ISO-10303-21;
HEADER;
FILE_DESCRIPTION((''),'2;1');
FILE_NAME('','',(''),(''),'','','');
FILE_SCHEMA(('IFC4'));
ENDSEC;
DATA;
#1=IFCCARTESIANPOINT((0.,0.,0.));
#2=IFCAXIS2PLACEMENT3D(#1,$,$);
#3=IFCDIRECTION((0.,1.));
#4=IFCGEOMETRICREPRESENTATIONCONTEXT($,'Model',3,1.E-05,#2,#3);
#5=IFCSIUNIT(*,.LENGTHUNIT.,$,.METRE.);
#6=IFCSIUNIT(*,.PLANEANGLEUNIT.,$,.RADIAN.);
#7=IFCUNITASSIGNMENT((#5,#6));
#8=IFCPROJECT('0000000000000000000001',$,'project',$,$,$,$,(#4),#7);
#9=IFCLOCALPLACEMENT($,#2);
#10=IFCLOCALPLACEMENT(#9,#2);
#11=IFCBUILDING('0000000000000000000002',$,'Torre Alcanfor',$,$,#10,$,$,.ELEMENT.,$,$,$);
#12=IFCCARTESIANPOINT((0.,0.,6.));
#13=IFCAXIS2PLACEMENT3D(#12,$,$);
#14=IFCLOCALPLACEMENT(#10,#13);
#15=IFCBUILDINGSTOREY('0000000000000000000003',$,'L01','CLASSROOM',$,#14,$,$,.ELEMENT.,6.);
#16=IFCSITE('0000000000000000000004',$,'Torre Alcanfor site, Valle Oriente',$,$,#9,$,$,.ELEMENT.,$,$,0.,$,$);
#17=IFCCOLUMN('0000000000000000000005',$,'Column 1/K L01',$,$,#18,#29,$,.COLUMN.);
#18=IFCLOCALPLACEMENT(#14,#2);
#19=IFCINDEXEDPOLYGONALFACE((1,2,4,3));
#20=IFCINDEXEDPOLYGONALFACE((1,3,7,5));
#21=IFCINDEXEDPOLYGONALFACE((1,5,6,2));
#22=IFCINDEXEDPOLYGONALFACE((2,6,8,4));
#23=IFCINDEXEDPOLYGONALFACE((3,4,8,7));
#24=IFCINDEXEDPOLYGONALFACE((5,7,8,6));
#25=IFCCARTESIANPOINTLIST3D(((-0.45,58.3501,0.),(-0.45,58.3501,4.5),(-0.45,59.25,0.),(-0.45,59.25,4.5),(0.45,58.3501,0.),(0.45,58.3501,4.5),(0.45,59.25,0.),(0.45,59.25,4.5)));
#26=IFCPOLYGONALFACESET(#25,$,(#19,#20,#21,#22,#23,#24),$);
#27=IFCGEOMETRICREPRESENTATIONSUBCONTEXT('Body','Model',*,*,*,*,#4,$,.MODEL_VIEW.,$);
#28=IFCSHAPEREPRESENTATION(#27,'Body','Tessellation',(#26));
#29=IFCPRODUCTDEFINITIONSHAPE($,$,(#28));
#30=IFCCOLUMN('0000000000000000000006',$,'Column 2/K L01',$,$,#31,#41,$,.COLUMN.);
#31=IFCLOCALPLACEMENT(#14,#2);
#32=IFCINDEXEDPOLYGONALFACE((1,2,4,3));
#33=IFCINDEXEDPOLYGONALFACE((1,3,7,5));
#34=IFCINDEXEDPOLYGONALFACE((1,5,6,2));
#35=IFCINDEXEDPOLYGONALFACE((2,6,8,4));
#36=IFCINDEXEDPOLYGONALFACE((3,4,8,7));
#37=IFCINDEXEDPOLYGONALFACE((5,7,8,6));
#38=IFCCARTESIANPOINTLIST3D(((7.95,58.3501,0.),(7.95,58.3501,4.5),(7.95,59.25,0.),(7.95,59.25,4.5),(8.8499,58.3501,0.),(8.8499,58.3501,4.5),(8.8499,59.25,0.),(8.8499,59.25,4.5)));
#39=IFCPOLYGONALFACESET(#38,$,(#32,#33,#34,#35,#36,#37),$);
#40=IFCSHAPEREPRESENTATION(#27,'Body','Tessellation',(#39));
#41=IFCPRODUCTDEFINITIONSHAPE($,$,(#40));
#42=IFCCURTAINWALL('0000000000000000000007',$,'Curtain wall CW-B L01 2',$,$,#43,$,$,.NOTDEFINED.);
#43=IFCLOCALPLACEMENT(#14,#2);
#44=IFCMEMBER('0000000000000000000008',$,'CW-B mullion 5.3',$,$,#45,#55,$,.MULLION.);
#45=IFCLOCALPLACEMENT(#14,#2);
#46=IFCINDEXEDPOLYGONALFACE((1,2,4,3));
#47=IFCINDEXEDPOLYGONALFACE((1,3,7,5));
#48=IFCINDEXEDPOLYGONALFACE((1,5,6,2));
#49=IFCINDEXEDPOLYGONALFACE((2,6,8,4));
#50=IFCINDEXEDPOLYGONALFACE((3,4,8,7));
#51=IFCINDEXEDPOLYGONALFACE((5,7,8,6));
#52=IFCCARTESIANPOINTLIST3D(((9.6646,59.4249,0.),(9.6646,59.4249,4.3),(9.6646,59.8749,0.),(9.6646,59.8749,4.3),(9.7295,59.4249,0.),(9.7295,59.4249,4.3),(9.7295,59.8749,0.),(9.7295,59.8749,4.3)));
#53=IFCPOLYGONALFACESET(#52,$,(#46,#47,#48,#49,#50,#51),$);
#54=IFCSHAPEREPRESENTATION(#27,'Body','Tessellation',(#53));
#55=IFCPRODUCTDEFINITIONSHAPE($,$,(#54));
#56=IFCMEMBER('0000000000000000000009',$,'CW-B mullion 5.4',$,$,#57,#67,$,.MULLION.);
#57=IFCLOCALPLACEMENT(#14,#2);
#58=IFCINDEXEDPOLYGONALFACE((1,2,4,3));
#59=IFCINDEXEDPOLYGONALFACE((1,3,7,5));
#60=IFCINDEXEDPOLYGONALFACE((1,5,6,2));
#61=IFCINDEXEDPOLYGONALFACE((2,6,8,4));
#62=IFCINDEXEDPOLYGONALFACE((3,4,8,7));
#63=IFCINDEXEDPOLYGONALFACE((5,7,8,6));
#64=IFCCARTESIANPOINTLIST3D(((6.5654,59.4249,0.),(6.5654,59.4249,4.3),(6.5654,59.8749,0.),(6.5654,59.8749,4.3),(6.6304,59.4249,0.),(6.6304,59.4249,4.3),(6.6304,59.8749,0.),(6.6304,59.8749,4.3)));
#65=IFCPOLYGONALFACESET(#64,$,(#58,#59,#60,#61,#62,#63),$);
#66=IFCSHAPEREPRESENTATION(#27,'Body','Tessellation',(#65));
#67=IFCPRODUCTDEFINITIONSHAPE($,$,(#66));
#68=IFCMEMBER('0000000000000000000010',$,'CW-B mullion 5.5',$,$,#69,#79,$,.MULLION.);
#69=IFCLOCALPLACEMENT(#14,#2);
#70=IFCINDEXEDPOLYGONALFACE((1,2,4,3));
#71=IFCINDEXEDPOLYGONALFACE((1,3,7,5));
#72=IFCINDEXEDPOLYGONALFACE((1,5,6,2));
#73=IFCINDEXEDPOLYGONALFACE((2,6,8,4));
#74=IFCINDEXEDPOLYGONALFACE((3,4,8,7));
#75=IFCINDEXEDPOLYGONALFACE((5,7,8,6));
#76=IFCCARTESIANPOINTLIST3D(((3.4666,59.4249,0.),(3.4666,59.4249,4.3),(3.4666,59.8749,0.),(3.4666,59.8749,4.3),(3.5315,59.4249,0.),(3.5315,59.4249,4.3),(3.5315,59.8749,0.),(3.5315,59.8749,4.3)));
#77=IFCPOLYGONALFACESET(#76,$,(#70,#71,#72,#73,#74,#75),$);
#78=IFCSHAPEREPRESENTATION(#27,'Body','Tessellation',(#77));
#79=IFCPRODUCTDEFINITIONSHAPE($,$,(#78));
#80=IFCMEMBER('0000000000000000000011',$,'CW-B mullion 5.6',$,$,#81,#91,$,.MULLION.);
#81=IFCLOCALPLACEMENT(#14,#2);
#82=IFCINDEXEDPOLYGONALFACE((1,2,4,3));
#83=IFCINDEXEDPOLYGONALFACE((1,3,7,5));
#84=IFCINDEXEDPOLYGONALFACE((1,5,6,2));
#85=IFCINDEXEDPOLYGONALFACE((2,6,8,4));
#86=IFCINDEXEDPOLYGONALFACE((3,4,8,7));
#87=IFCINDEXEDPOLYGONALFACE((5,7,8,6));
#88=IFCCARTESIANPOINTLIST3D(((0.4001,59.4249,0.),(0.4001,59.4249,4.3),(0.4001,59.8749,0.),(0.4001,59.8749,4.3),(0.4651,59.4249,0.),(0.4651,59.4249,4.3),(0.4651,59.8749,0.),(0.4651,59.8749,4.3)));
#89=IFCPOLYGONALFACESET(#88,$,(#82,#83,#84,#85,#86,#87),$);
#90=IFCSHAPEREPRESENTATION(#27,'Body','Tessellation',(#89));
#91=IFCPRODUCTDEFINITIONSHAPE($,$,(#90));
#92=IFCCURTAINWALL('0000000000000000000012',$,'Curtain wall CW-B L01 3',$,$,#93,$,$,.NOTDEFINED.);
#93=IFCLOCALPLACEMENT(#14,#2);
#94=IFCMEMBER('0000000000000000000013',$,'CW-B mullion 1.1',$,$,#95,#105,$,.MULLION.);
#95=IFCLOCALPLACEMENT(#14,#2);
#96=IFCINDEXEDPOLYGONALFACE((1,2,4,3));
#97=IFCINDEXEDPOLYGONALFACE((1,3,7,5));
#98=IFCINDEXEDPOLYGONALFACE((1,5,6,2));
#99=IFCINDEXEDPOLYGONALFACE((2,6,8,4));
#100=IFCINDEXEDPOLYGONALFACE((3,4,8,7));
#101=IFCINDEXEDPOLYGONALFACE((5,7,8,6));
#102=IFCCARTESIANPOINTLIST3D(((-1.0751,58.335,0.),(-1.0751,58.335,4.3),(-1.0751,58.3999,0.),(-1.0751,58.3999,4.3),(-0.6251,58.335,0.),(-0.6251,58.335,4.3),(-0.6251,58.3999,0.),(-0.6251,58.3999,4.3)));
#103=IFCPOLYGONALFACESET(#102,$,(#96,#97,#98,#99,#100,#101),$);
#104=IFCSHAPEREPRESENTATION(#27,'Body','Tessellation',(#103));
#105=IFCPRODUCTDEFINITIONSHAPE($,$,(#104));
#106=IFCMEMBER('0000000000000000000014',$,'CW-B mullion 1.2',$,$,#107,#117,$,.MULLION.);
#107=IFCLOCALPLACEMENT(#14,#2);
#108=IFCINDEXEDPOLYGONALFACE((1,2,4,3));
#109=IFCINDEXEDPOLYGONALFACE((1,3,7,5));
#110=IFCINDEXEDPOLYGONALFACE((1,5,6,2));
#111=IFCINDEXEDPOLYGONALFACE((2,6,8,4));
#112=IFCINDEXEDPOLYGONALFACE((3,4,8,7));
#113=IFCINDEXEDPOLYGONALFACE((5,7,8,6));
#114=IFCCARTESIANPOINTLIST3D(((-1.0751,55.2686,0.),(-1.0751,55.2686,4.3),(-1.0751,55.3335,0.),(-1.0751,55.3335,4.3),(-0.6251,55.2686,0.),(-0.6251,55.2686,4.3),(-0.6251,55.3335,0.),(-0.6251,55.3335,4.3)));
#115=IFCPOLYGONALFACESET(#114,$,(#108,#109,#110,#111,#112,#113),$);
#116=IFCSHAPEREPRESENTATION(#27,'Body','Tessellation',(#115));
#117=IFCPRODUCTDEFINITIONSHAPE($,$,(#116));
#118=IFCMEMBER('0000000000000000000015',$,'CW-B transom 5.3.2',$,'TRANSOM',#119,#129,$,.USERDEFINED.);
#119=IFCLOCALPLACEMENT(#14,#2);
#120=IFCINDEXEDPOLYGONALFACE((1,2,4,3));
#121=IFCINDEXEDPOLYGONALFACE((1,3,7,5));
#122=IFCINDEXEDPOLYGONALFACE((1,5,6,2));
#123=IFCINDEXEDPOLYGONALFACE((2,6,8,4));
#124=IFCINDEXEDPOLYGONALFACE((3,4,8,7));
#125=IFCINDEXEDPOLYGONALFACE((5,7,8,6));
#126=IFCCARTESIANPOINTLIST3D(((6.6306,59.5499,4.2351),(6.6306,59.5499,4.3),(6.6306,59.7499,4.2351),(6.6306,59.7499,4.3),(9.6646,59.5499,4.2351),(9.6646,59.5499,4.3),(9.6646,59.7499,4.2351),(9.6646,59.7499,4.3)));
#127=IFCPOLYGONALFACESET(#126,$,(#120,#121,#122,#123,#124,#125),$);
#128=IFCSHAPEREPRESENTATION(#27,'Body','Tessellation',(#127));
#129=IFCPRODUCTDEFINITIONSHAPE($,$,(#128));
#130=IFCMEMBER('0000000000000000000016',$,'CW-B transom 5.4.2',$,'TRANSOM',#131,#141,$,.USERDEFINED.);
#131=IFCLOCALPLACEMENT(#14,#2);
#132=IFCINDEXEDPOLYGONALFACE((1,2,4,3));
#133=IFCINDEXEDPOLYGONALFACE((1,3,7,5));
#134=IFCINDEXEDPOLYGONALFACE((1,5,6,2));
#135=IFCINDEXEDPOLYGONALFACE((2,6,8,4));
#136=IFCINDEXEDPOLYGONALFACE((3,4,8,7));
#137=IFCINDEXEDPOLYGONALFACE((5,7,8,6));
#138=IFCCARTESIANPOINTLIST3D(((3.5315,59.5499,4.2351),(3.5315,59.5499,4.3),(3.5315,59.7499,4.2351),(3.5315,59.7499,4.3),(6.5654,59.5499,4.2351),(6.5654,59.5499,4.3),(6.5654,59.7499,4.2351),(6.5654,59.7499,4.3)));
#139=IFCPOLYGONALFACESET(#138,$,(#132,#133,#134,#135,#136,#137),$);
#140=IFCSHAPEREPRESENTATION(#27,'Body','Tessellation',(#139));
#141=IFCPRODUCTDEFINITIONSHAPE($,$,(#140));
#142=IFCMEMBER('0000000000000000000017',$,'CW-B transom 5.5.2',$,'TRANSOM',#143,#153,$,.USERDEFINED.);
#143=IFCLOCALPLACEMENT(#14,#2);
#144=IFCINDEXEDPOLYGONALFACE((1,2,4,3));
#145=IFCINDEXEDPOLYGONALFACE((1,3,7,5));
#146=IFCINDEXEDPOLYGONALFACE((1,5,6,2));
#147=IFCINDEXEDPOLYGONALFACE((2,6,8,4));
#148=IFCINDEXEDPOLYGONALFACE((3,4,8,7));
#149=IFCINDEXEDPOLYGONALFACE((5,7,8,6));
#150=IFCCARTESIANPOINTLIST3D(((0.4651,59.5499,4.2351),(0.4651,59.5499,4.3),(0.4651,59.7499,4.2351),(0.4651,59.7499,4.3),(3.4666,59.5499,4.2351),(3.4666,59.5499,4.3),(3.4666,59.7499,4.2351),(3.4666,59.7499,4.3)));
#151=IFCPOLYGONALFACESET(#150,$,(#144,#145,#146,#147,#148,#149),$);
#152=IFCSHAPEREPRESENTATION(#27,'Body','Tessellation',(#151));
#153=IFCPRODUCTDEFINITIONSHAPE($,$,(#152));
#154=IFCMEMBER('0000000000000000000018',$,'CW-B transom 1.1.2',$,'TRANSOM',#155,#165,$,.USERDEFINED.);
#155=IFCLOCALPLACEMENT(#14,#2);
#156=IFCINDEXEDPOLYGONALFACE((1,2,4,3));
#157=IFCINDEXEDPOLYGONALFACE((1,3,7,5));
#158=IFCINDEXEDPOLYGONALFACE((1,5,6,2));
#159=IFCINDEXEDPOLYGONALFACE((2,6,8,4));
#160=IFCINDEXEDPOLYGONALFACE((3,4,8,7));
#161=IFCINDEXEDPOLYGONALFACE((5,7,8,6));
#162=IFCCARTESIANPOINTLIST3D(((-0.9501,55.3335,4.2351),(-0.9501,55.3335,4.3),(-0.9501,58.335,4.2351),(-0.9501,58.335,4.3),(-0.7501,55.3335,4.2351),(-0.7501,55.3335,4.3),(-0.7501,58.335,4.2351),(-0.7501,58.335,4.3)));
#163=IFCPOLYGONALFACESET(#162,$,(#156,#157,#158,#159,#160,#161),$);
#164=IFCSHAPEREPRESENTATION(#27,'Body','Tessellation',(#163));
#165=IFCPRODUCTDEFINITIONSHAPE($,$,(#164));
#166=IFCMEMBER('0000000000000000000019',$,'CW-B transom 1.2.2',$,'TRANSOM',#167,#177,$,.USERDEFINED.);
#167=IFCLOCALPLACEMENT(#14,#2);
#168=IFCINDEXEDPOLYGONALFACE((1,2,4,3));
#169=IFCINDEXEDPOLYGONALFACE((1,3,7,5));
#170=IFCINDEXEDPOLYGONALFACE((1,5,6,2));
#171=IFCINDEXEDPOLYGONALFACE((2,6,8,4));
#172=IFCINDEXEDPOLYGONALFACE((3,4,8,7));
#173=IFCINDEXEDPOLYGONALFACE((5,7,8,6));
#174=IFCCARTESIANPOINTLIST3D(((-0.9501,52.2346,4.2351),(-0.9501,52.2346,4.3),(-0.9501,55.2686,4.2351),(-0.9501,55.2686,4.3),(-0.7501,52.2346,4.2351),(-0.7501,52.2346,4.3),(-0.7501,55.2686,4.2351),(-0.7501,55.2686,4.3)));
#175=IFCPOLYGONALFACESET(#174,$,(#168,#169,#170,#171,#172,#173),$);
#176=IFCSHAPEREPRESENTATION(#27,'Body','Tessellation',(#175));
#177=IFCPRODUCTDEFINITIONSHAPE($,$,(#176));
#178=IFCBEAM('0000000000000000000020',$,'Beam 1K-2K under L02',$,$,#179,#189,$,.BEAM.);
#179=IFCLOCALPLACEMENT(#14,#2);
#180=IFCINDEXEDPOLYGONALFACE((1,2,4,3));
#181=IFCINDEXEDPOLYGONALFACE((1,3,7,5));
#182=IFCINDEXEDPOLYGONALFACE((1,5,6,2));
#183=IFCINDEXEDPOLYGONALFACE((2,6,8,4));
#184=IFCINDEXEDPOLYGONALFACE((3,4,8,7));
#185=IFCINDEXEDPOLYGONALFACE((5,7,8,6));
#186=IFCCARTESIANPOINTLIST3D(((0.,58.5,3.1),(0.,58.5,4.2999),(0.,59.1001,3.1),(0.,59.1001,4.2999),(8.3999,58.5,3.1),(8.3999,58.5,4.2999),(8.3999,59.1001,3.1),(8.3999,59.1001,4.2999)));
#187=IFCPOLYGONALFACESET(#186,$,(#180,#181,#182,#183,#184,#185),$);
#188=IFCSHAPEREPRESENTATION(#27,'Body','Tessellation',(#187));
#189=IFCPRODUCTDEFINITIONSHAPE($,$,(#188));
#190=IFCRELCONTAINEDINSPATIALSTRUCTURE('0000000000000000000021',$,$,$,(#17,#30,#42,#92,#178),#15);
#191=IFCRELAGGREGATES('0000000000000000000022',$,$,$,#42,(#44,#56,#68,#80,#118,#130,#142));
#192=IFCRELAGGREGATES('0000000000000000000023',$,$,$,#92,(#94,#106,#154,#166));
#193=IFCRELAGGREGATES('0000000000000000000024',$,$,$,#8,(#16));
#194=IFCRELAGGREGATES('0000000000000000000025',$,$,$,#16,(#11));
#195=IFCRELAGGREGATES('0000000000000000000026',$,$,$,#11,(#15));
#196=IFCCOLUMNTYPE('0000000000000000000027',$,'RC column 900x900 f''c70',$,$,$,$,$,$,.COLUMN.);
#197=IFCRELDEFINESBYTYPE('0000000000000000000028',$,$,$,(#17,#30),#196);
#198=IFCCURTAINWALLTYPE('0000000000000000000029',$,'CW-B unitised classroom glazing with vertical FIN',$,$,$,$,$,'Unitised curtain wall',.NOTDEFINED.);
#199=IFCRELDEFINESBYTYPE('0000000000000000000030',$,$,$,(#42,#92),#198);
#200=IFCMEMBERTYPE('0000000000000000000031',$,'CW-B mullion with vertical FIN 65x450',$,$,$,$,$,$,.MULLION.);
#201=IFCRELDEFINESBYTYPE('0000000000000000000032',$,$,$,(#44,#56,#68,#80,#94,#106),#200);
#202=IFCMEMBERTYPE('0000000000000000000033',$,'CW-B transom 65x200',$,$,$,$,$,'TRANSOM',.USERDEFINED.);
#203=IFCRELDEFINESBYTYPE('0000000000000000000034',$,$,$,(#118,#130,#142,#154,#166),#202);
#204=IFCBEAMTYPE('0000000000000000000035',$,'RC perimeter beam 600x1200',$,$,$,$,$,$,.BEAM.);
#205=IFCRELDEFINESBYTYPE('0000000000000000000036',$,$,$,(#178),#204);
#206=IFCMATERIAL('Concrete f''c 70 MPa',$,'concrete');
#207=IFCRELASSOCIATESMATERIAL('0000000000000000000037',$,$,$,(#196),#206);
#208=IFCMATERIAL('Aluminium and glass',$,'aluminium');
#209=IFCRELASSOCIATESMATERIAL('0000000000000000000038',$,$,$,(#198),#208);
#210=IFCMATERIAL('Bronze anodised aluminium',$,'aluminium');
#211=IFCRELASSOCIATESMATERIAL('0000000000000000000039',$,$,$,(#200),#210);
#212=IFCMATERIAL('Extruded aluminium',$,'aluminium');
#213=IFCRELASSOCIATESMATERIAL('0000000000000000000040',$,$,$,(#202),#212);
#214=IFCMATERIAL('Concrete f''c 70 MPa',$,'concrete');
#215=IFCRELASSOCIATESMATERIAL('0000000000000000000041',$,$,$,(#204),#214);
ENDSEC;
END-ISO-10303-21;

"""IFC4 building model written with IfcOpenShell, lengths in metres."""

from ifc_helpers import new_model, si_unit, direction, frame, origin, origin_2d, place, context, subcontext, project, spatial, rectangle, extrude, material, material_profile, profile_set, type_object, element, aggregate, save


model = new_model("IFC4")

# Units and contexts
model_context = context("Model", 3, precision=1e-05, world=origin(), true_north=direction((0.0, 1.0)))
body_context = subcontext(model_context, "Body", "Model", "MODEL_VIEW")
ifc_project = project(units=[si_unit("LENGTHUNIT", "METRE"), si_unit("PLANEANGLEUNIT", "RADIAN")], contexts=[model_context])

# Site, building, storey
site_placement = place(None, origin())
site = spatial("IfcSite", under=ifc_project, at=site_placement, Name="Torre Alcanfor site, Valle Oriente", CompositionType="ELEMENT", RefElevation=0.0)
building_placement = place(site_placement, origin())
building = spatial("IfcBuilding", under=site, at=building_placement, Name="Torre Alcanfor", CompositionType="ELEMENT")
storey_placement = place(building_placement, frame((0.0, 0.0, 6.0)))
storey = spatial("IfcBuildingStorey", under=building, at=storey_placement, Name="L01", Description="CLASSROOM", CompositionType="ELEMENT", Elevation=6.0)

# Columns
ifc_material_1 = material(Name="Concrete f'c 70 MPa", Category="concrete")
ifc_material_profile_1 = material_profile(ifc_material_1, rectangle(XDim=0.8999, YDim=0.8999, at=origin_2d()), Name="900x900")
ifc_profile_set_1 = profile_set([ifc_material_profile_1], Name="Concrete f'c 70 MPa")
column_type = type_object("IfcColumnType", Name="RC column 900x900 f'c70", PredefinedType="COLUMN", material=ifc_profile_set_1)
for number, where, z_axis, x_axis, name in (
    (1, (0.0, 58.8, 0.0), (0.0, 0.0, 1.0), (1.0, 0.0, 0.0), "Column 1/K L01"),
    (2, (8.3999, 58.8, 0.0), (0.0, 0.0, 1.0), (1.0, 0.0, 0.0), "Column 2/K L01"),
):
    element("IfcColumn", number, at=place(storey_placement, frame(where, z_axis=z_axis, x_axis=x_axis)), inside=storey, type_object=column_type, Name=name, PredefinedType="COLUMN", context=body_context, shape_type="SweptSolid", body=[
        extrude(rectangle(XDim=0.8999, YDim=0.8999, at=origin_2d()), origin(), (0.0, 0.0, 1.0), 4.5),
    ])

# Curtain walls, members
ifc_material_2 = material(Name="Aluminium and glass", Category="aluminium")
curtain_wall_type = type_object("IfcCurtainWallType", Name="CW-B unitised classroom glazing with vertical FIN", ElementType="Unitised curtain wall", PredefinedType="NOTDEFINED", material=ifc_material_2)
curtain_wall_1_placement = place(storey_placement, origin())
curtain_wall_1 = element("IfcCurtainWall", 3, at=curtain_wall_1_placement, inside=storey, type_object=curtain_wall_type, Name="Curtain wall CW-B L01 2", PredefinedType="NOTDEFINED")
ifc_material_3 = material(Name="Bronze anodised aluminium", Category="aluminium")
ifc_material_profile_2 = material_profile(ifc_material_3, rectangle(XDim=0.45, YDim=0.0649, at=origin_2d()), Name="CW-B mullion 65x450")
ifc_profile_set_2 = profile_set([ifc_material_profile_2], Name="Bronze anodised aluminium")
member_type_1 = type_object("IfcMemberType", Name="CW-B mullion with vertical FIN 65x450", PredefinedType="MULLION", material=ifc_profile_set_2)
member_1_placement = place(storey_placement, frame((9.697, 59.6499, 0.0), z_axis=(0.0, 0.0, 1.0), x_axis=(0.0, -1.0, 0.0)))
member_1 = element("IfcMember", 4, at=member_1_placement, type_object=member_type_1, Name="CW-B mullion 5.3", PredefinedType="MULLION", context=body_context, shape_type="SweptSolid", body=[
    extrude(rectangle(XDim=0.45, YDim=0.0649, at=origin_2d()), origin(), (0.0, 0.0, 1.0), 4.3),
])
member_2_placement = place(storey_placement, frame((6.5979, 59.6499, 0.0), z_axis=(0.0, 0.0, 1.0), x_axis=(0.0, -1.0, 0.0)))
member_2 = element("IfcMember", 5, at=member_2_placement, type_object=member_type_1, Name="CW-B mullion 5.4", PredefinedType="MULLION", context=body_context, shape_type="SweptSolid", body=[
    extrude(rectangle(XDim=0.45, YDim=0.0649, at=origin_2d()), origin(), (0.0, 0.0, 1.0), 4.3),
])
member_3_placement = place(storey_placement, frame((3.499, 59.6499, 0.0), z_axis=(0.0, 0.0, 1.0), x_axis=(0.0, -1.0, 0.0)))
member_3 = element("IfcMember", 6, at=member_3_placement, type_object=member_type_1, Name="CW-B mullion 5.5", PredefinedType="MULLION", context=body_context, shape_type="SweptSolid", body=[
    extrude(rectangle(XDim=0.45, YDim=0.0649, at=origin_2d()), origin(), (0.0, 0.0, 1.0), 4.3),
])
member_4_placement = place(storey_placement, frame((0.4326, 59.6499, 0.0), z_axis=(0.0, 0.0, 1.0), x_axis=(0.0, -1.0, 0.0)))
member_4 = element("IfcMember", 7, at=member_4_placement, type_object=member_type_1, Name="CW-B mullion 5.6", PredefinedType="MULLION", context=body_context, shape_type="SweptSolid", body=[
    extrude(rectangle(XDim=0.45, YDim=0.0649, at=origin_2d()), origin(), (0.0, 0.0, 1.0), 4.3),
])
curtain_wall_2_placement = place(storey_placement, origin())
curtain_wall_2 = element("IfcCurtainWall", 8, at=curtain_wall_2_placement, inside=storey, type_object=curtain_wall_type, Name="Curtain wall CW-B L01 3", PredefinedType="NOTDEFINED")
member_5_placement = place(storey_placement, frame((-0.8501, 58.3674, 0.0), z_axis=(0.0, 0.0, 1.0), x_axis=(1.0, 0.0, 0.0)))
member_5 = element("IfcMember", 9, at=member_5_placement, type_object=member_type_1, Name="CW-B mullion 1.1", PredefinedType="MULLION", context=body_context, shape_type="SweptSolid", body=[
    extrude(rectangle(XDim=0.45, YDim=0.0649, at=origin_2d()), origin(), (0.0, 0.0, 1.0), 4.3),
])
member_6_placement = place(storey_placement, frame((-0.8501, 55.301, 0.0), z_axis=(0.0, 0.0, 1.0), x_axis=(1.0, 0.0, 0.0)))
member_6 = element("IfcMember", 10, at=member_6_placement, type_object=member_type_1, Name="CW-B mullion 1.2", PredefinedType="MULLION", context=body_context, shape_type="SweptSolid", body=[
    extrude(rectangle(XDim=0.45, YDim=0.0649, at=origin_2d()), origin(), (0.0, 0.0, 1.0), 4.3),
])

# Members
ifc_material_4 = material(Name="Extruded aluminium", Category="aluminium")
ifc_material_profile_3 = material_profile(ifc_material_4, rectangle(XDim=0.2, YDim=0.0649, at=origin_2d()), Name="CW-B transom 200x65")
ifc_profile_set_3 = profile_set([ifc_material_profile_3], Name="Extruded aluminium")
member_type_2 = type_object("IfcMemberType", Name="CW-B transom 65x200", ElementType="TRANSOM", PredefinedType="USERDEFINED", material=ifc_profile_set_3)
member_7_placement = place(storey_placement, frame((9.6646, 59.6499, 4.2676), z_axis=(-1.0, 0.0, 0.0), x_axis=(0.0, -1.0, 0.0)))
member_7 = element("IfcMember", 11, at=member_7_placement, type_object=member_type_2, Name="CW-B transom 5.3.2", ObjectType="TRANSOM", PredefinedType="USERDEFINED", context=body_context, shape_type="SweptSolid", body=[
    extrude(rectangle(XDim=0.2, YDim=0.0649, at=origin_2d()), origin(), (0.0, 0.0, 1.0), 3.0339),
])
member_8_placement = place(storey_placement, frame((6.5654, 59.6499, 4.2676), z_axis=(-1.0, 0.0, 0.0), x_axis=(0.0, -1.0, 0.0)))
member_8 = element("IfcMember", 12, at=member_8_placement, type_object=member_type_2, Name="CW-B transom 5.4.2", ObjectType="TRANSOM", PredefinedType="USERDEFINED", context=body_context, shape_type="SweptSolid", body=[
    extrude(rectangle(XDim=0.2, YDim=0.0649, at=origin_2d()), origin(), (0.0, 0.0, 1.0), 3.0339),
])
member_9_placement = place(storey_placement, frame((3.4666, 59.6499, 4.2676), z_axis=(-1.0, 0.0, 0.0), x_axis=(0.0, -1.0, 0.0)))
member_9 = element("IfcMember", 13, at=member_9_placement, type_object=member_type_2, Name="CW-B transom 5.5.2", ObjectType="TRANSOM", PredefinedType="USERDEFINED", context=body_context, shape_type="SweptSolid", body=[
    extrude(rectangle(XDim=0.2, YDim=0.0649, at=origin_2d()), origin(), (0.0, 0.0, 1.0), 3.0015),
])
member_10_placement = place(storey_placement, frame((-0.8501, 58.335, 4.2676), z_axis=(0.0, -1.0, 0.0), x_axis=(1.0, 0.0, 0.0)))
member_10 = element("IfcMember", 14, at=member_10_placement, type_object=member_type_2, Name="CW-B transom 1.1.2", ObjectType="TRANSOM", PredefinedType="USERDEFINED", context=body_context, shape_type="SweptSolid", body=[
    extrude(rectangle(XDim=0.2, YDim=0.0649, at=origin_2d()), origin(), (0.0, 0.0, 1.0), 3.0015),
])
member_11_placement = place(storey_placement, frame((-0.8501, 55.2686, 4.2676), z_axis=(0.0, -1.0, 0.0), x_axis=(1.0, 0.0, 0.0)))
member_11 = element("IfcMember", 15, at=member_11_placement, type_object=member_type_2, Name="CW-B transom 1.2.2", ObjectType="TRANSOM", PredefinedType="USERDEFINED", context=body_context, shape_type="SweptSolid", body=[
    extrude(rectangle(XDim=0.2, YDim=0.0649, at=origin_2d()), origin(), (0.0, 0.0, 1.0), 3.0339),
])

# Beam
ifc_material_5 = material(Name="Concrete f'c 70 MPa", Category="concrete")
ifc_material_profile_4 = material_profile(ifc_material_5, rectangle(XDim=0.6001, YDim=1.2, at=origin_2d()), Name="600x1200")
ifc_profile_set_4 = profile_set([ifc_material_profile_4], Name="Concrete f'c 70 MPa")
beam_type = type_object("IfcBeamType", Name="RC perimeter beam 600x1200", PredefinedType="BEAM", material=ifc_profile_set_4)
beam_1_placement = place(storey_placement, frame((0.0, 58.8, 3.7), z_axis=(1.0, 0.0, 0.0), x_axis=(0.0, 1.0, 0.0)))
element("IfcBeam", 16, at=beam_1_placement, inside=storey, type_object=beam_type, Name="Beam 1K-2K under L02", PredefinedType="BEAM", context=body_context, shape_type="SweptSolid", body=[
    extrude(rectangle(XDim=0.6001, YDim=1.2, at=origin_2d()), origin(), (0.0, 0.0, 1.0), 8.3999),
])

aggregate(curtain_wall_1, [member_1, member_2, member_3, member_4, member_7, member_8, member_9])
aggregate(curtain_wall_2, [member_5, member_6, member_10, member_11])

save(model, "model.ifc")
